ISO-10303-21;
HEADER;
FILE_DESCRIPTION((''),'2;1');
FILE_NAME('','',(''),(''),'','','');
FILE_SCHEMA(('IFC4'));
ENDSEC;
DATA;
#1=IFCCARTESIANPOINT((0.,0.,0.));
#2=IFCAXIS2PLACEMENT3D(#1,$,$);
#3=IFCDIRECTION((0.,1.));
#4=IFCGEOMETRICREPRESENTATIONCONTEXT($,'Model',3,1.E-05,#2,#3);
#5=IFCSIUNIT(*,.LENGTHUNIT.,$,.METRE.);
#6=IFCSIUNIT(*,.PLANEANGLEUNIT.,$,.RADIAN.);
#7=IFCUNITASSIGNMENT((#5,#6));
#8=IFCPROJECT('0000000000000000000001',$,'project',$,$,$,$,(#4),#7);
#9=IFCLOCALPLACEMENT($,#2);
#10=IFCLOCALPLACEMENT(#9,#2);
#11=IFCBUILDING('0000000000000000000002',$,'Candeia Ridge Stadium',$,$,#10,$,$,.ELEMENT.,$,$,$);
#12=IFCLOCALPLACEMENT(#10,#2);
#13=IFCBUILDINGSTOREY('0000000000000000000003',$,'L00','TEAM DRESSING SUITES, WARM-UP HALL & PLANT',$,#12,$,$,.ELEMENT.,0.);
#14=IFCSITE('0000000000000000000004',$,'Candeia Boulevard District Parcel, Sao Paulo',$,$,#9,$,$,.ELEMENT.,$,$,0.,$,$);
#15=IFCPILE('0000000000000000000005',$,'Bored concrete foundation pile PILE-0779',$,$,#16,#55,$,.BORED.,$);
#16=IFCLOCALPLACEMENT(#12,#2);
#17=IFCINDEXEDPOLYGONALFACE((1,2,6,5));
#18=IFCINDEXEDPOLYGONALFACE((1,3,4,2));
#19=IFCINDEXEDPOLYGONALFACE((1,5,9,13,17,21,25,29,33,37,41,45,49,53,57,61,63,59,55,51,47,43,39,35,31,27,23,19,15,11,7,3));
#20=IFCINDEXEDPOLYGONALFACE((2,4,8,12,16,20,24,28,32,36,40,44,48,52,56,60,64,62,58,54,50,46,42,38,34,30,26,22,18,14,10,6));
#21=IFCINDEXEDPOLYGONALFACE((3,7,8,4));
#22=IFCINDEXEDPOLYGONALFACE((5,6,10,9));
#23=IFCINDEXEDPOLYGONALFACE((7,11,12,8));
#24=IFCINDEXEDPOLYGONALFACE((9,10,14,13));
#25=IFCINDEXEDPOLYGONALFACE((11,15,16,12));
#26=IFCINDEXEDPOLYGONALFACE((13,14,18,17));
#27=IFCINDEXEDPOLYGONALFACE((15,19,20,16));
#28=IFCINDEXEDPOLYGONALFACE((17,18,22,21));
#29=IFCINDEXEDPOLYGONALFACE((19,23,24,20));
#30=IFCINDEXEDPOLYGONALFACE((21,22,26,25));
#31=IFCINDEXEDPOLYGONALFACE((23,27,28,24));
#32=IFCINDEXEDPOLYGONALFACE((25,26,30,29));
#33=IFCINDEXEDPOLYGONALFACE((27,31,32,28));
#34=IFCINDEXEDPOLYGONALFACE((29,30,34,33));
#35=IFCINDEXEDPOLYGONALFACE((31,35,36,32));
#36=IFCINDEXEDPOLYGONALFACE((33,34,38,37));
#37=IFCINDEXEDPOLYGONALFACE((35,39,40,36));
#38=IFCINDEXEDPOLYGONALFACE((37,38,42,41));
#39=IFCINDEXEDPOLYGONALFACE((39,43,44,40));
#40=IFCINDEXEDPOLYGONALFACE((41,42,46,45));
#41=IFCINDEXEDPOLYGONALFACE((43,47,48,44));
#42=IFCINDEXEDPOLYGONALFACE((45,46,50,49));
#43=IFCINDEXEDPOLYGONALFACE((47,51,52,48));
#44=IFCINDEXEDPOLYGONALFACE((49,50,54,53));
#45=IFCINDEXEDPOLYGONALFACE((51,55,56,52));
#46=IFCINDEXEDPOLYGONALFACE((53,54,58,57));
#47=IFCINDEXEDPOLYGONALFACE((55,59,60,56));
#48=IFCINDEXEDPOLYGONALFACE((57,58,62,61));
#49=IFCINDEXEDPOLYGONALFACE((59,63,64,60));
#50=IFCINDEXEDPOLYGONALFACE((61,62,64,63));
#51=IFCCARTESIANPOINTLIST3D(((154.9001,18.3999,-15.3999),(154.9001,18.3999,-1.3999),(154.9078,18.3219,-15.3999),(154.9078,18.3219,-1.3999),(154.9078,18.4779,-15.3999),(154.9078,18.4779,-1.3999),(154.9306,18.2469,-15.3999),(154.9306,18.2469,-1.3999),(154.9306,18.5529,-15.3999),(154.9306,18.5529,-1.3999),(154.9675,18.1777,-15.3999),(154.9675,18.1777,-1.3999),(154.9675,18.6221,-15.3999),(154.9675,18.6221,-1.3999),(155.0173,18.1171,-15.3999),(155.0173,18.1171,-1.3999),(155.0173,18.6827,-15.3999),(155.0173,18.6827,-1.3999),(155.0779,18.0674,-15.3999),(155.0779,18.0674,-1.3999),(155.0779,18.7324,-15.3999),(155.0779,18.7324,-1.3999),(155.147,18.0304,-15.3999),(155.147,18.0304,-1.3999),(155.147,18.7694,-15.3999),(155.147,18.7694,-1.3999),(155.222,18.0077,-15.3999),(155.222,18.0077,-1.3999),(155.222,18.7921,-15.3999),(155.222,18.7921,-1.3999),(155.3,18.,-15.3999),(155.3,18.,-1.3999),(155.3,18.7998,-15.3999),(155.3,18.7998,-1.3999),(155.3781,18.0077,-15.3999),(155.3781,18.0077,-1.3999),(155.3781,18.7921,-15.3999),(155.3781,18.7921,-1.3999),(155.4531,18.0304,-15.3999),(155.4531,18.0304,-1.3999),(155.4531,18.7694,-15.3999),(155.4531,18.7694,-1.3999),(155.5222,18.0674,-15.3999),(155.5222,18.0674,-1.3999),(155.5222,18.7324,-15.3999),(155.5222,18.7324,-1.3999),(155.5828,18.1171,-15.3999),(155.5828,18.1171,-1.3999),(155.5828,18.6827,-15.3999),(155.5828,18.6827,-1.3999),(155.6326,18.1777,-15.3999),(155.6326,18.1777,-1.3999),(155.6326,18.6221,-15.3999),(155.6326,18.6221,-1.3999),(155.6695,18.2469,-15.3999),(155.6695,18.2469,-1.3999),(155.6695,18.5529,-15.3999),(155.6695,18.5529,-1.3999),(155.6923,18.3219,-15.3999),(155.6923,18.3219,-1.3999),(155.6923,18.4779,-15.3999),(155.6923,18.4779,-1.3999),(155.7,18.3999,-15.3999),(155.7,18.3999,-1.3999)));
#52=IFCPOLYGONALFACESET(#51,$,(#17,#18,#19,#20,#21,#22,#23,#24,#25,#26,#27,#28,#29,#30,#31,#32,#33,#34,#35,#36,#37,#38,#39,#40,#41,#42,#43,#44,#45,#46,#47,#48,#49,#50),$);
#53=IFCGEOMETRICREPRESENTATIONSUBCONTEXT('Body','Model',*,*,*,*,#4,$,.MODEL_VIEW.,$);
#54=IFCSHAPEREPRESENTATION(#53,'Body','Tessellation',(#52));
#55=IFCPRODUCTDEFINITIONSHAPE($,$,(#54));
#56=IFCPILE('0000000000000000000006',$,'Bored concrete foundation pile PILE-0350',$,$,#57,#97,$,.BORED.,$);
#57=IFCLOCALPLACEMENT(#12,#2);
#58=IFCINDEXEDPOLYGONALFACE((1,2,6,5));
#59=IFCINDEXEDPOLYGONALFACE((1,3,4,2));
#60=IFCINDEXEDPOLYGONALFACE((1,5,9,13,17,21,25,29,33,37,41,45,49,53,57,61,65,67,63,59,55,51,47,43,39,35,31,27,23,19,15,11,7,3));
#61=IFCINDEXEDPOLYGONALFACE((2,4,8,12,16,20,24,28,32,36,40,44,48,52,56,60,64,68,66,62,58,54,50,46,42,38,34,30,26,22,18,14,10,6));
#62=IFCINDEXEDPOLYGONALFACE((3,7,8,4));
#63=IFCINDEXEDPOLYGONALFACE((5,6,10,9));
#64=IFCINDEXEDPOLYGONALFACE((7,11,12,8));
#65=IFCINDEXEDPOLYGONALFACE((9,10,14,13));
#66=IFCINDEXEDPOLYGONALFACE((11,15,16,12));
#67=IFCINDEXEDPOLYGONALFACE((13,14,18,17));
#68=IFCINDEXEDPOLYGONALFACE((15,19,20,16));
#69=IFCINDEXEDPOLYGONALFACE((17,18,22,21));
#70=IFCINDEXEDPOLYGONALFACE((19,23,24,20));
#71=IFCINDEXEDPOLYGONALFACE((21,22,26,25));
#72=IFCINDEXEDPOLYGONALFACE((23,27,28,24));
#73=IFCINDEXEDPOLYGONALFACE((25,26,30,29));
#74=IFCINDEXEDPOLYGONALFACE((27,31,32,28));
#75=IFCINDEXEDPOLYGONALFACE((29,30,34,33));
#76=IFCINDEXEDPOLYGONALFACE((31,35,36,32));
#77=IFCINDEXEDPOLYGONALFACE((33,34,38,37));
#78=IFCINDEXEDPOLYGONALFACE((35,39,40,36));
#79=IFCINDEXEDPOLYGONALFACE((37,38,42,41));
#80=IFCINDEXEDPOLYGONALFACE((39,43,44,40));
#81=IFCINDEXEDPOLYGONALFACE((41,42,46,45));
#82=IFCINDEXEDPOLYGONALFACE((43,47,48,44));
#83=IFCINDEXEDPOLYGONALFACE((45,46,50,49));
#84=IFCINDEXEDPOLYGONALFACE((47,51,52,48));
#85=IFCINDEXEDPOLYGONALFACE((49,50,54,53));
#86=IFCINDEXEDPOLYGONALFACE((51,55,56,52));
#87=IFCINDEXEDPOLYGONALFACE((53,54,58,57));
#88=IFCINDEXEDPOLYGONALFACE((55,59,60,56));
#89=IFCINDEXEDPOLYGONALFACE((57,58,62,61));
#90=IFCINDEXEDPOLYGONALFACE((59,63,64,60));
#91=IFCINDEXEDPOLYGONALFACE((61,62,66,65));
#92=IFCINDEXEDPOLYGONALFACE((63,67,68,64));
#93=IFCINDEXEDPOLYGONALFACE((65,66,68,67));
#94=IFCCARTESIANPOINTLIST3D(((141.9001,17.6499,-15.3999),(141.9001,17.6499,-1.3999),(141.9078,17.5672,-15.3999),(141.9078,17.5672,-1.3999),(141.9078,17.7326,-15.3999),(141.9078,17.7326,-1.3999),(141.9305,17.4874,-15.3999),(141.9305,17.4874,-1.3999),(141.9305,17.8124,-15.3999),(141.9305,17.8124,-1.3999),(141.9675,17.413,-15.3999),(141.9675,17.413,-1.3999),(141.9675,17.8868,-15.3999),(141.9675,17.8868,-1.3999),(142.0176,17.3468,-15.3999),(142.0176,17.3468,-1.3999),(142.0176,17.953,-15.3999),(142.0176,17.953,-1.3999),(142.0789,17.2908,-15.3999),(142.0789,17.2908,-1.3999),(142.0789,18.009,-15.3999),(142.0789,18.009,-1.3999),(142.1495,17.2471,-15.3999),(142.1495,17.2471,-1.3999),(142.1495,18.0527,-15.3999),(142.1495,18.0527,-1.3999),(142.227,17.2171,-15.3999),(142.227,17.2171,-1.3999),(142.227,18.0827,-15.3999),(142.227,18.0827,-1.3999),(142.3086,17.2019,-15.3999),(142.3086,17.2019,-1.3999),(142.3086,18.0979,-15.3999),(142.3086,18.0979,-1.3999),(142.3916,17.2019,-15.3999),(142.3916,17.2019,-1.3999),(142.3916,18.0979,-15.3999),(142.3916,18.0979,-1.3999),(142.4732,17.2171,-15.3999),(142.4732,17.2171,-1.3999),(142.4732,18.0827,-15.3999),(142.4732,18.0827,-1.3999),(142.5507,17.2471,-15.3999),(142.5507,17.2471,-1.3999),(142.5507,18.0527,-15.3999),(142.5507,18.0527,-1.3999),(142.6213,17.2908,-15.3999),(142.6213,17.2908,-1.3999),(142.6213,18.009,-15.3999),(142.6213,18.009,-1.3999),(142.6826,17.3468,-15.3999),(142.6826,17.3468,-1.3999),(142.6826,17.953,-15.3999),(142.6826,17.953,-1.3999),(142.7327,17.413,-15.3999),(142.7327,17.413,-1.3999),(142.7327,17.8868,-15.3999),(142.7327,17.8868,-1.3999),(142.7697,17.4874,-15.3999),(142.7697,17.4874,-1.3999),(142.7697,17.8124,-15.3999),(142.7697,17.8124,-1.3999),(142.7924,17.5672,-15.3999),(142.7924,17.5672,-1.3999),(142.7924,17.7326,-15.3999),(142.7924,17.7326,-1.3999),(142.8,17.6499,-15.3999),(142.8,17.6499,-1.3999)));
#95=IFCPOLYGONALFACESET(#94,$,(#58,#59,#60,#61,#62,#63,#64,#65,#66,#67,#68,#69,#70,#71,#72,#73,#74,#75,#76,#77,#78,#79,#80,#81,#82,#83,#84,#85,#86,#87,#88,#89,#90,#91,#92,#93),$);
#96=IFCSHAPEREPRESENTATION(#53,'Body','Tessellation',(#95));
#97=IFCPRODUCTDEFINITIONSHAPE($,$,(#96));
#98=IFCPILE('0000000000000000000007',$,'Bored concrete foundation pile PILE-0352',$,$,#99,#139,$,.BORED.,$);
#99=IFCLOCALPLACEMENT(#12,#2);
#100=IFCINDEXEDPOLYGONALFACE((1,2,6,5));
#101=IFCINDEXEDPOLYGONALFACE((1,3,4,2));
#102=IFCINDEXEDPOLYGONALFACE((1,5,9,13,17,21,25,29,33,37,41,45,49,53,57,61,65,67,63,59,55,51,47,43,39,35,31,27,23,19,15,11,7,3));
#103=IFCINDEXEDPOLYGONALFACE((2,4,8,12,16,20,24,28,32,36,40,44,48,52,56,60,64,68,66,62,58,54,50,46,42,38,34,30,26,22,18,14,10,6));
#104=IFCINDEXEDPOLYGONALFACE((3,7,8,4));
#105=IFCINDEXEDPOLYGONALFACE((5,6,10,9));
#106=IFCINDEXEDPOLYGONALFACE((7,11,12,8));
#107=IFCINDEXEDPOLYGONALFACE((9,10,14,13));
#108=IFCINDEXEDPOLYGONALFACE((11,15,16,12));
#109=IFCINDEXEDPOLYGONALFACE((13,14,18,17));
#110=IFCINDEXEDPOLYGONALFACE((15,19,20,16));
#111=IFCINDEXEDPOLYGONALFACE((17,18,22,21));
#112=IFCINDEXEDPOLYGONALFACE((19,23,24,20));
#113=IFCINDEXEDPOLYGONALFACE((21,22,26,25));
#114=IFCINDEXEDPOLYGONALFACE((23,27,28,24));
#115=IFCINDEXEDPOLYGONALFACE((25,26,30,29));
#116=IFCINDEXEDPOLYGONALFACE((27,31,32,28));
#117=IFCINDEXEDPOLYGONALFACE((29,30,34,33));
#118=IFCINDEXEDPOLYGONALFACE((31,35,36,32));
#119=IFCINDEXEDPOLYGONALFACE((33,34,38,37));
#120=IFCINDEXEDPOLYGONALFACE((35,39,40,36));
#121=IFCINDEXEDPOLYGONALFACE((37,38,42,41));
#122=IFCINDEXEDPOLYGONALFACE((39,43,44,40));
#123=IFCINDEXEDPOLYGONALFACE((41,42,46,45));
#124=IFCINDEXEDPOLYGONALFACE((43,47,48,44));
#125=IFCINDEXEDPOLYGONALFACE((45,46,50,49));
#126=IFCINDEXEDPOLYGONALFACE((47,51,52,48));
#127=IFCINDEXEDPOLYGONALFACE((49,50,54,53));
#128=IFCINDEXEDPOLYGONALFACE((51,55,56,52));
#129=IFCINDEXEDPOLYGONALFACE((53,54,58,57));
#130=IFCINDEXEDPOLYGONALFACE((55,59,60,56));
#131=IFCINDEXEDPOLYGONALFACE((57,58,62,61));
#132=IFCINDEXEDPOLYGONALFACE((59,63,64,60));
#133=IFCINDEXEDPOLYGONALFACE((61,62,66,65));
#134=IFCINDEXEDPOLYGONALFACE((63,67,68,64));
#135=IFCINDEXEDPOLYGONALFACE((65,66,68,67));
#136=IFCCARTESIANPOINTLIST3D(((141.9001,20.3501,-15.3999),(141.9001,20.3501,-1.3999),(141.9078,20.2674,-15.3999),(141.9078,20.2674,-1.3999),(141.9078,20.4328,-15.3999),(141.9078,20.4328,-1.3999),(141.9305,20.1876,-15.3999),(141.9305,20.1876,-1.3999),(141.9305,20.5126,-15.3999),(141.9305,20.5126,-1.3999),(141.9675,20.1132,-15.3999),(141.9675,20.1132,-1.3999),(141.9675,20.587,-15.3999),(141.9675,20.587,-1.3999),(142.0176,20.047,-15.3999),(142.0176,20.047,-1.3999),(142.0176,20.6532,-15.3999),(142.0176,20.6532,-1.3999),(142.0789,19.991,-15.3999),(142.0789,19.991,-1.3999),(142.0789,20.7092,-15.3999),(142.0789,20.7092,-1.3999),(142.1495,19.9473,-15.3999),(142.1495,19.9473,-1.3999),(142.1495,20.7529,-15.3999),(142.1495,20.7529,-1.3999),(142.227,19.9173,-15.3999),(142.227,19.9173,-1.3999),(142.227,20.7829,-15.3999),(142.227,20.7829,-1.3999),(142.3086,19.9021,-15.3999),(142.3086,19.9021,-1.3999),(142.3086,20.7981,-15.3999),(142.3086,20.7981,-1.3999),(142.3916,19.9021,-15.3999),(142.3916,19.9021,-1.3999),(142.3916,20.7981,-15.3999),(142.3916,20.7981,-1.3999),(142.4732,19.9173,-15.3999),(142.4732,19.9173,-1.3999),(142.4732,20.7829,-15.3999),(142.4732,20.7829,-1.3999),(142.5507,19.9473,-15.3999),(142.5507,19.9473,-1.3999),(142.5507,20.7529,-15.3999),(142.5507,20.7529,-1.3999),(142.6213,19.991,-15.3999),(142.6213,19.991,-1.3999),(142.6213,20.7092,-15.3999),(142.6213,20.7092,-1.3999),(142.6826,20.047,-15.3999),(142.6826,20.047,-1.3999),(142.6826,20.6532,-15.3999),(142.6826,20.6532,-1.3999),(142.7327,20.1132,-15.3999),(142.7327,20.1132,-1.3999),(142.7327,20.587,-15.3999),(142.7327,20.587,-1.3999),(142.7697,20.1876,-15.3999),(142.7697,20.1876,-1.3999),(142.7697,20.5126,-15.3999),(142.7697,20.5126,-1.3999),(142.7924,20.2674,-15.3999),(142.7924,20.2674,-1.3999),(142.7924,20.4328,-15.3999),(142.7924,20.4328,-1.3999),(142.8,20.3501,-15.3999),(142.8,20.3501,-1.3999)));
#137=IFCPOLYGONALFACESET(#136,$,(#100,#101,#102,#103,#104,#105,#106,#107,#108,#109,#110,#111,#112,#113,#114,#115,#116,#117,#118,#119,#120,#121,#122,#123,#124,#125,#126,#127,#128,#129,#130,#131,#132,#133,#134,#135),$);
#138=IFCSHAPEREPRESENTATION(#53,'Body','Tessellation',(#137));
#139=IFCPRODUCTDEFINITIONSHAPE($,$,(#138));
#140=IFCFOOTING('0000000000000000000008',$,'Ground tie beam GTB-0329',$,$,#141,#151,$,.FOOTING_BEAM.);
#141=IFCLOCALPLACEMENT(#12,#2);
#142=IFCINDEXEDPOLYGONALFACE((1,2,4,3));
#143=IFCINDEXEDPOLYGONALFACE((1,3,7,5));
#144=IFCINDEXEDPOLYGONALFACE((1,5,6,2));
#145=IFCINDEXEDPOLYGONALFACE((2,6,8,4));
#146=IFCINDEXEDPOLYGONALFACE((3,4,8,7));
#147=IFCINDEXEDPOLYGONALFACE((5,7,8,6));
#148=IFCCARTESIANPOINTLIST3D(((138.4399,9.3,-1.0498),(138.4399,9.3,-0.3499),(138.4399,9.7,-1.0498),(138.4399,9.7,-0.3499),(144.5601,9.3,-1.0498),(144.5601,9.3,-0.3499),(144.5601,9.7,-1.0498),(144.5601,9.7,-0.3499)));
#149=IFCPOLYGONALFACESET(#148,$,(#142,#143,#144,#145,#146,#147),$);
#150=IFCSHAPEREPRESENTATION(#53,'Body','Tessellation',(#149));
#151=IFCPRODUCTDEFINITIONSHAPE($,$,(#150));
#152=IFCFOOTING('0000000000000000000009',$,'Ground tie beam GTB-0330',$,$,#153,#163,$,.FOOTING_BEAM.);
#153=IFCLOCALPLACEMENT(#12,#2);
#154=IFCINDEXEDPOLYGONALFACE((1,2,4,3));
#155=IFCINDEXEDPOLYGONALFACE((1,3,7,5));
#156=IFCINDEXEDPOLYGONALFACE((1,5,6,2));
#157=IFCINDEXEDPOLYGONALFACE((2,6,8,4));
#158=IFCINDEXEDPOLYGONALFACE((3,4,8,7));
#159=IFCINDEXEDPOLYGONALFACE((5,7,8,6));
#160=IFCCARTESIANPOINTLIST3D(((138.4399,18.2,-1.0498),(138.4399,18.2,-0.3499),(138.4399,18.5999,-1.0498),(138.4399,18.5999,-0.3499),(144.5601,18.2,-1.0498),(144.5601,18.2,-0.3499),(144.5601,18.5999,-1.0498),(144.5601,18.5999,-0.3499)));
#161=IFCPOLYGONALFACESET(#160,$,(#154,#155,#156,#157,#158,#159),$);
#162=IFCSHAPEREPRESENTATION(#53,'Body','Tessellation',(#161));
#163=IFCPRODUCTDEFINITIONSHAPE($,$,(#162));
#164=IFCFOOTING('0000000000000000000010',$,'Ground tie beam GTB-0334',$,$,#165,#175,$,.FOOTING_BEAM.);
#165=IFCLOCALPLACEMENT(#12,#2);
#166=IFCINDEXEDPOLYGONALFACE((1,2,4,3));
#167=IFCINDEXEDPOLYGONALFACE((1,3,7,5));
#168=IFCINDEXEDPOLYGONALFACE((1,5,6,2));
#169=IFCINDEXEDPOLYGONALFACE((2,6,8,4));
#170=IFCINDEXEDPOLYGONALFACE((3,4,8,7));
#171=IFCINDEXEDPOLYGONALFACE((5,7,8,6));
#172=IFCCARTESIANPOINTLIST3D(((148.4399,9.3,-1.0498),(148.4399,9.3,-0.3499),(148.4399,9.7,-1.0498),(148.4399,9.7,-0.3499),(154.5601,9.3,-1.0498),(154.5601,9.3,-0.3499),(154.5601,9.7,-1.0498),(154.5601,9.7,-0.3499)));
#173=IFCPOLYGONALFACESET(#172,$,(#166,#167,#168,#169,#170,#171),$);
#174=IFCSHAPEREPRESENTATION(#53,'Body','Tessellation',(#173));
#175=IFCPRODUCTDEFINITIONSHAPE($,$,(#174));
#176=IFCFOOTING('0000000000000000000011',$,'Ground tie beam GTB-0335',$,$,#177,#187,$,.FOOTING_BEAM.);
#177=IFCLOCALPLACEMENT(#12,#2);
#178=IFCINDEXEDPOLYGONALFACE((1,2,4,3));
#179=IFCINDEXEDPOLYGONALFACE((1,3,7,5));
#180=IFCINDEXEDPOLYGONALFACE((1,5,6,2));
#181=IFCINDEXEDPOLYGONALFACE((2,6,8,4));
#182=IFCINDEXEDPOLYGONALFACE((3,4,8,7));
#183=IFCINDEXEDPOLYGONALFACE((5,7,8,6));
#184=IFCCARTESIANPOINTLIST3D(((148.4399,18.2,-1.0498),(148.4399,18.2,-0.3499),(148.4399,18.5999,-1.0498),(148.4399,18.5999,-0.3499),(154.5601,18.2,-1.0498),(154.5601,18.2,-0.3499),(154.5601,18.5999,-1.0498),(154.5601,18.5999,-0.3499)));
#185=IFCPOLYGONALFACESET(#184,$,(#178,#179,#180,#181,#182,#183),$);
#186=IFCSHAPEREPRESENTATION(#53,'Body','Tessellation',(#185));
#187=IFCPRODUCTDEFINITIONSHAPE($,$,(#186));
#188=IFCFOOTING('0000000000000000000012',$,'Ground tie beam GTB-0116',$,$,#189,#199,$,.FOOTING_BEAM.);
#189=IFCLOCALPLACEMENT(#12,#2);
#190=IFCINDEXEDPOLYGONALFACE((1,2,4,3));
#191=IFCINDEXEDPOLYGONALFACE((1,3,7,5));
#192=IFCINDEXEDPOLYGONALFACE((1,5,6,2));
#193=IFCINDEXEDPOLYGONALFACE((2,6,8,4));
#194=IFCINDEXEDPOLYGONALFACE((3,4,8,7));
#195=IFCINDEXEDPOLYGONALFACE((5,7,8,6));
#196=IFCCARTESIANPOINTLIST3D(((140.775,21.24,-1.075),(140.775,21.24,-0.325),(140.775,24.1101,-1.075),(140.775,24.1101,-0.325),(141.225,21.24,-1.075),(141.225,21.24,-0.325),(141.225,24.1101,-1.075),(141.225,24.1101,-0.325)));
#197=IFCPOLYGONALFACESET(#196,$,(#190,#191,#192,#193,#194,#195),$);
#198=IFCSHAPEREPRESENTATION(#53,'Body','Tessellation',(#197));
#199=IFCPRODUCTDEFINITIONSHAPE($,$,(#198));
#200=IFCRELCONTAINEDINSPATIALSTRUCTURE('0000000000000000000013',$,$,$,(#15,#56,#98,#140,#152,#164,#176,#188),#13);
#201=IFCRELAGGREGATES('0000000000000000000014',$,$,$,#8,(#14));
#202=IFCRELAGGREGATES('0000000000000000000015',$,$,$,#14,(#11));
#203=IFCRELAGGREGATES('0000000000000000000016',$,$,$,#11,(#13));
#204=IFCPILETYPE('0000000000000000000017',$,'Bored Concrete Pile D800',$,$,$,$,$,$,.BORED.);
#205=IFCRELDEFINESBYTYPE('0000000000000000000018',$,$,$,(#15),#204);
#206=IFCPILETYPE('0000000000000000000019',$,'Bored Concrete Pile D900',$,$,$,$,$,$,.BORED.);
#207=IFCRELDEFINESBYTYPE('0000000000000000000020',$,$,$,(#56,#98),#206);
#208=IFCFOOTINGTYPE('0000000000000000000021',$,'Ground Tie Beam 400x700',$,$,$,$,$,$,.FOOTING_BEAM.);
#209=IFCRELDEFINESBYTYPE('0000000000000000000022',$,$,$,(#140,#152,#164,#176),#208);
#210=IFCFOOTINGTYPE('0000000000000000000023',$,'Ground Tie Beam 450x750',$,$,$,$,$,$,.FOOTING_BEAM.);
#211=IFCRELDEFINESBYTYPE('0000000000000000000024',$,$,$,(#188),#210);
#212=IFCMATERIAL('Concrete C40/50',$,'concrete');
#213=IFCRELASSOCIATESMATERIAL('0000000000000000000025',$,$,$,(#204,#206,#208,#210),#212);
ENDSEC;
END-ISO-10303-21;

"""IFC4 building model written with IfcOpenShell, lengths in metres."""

from ifc_helpers import new_model, si_unit, direction, frame, origin, origin_2d, place, context, subcontext, project, spatial, rectangle, circle, extrude, material, material_profile, profile_set, type_object, element, save


model = new_model("IFC4")

# Units and contexts
model_context = context("Model", 3, precision=1e-05, world=origin(), true_north=direction((0.0, 1.0)))
body_context = subcontext(model_context, "Body", "Model", "MODEL_VIEW")
ifc_project = project(units=[si_unit("LENGTHUNIT", "METRE"), si_unit("PLANEANGLEUNIT", "RADIAN")], contexts=[model_context])

# Site, building, storey
site_placement = place(None, origin())
site = spatial("IfcSite", under=ifc_project, at=site_placement, Name="Candeia Boulevard District Parcel, Sao Paulo", CompositionType="ELEMENT", RefElevation=0.0)
building_placement = place(site_placement, origin())
building = spatial("IfcBuilding", under=site, at=building_placement, Name="Candeia Ridge Stadium", CompositionType="ELEMENT")
storey_placement = place(building_placement, origin())
storey = spatial("IfcBuildingStorey", under=building, at=storey_placement, Name="L00", Description="TEAM DRESSING SUITES, WARM-UP HALL & PLANT", CompositionType="ELEMENT", Elevation=0.0)

# Piles
ifc_material_1 = material(Name="Concrete C40/50", Category="concrete")
ifc_material_profile_1 = material_profile(ifc_material_1, circle(Radius=0.3999, at=origin_2d()), Name="PILE-D800", Category="concrete")
ifc_profile_set_1 = profile_set([ifc_material_profile_1], Name="Concrete C40/50")
pile_type_1 = type_object("IfcPileType", Name="Bored Concrete Pile D800", PredefinedType="BORED", material=ifc_profile_set_1)
for number, where, z_axis, x_axis, name in (
    (1, (155.3, 18.3999, -1.3999), (0.0, 0.0, -1.0), (1.0, 0.0, 0.0), "Bored concrete foundation pile PILE-0779"),
):
    element("IfcPile", number, at=place(storey_placement, frame(where, z_axis=z_axis, x_axis=x_axis)), inside=storey, type_object=pile_type_1, Name=name, PredefinedType="BORED", context=body_context, shape_type="SweptSolid", body=[
        extrude(circle(Radius=0.3999, at=origin_2d()), origin(), (0.0, 0.0, 1.0), 14.0),
    ])
ifc_material_profile_2 = material_profile(ifc_material_1, circle(Radius=0.45, at=origin_2d()), Name="PILE-D900", Category="concrete")
ifc_profile_set_2 = profile_set([ifc_material_profile_2], Name="Concrete C40/50")
pile_type_2 = type_object("IfcPileType", Name="Bored Concrete Pile D900", PredefinedType="BORED", material=ifc_profile_set_2)
for number, where, z_axis, x_axis, name in (
    (2, (142.3501, 17.6499, -1.3999), (0.0, 0.0, -1.0), (1.0, 0.0, 0.0), "Bored concrete foundation pile PILE-0350"),
    (3, (142.3501, 20.3501, -1.3999), (0.0, 0.0, -1.0), (1.0, 0.0, 0.0), "Bored concrete foundation pile PILE-0352"),
):
    element("IfcPile", number, at=place(storey_placement, frame(where, z_axis=z_axis, x_axis=x_axis)), inside=storey, type_object=pile_type_2, Name=name, PredefinedType="BORED", context=body_context, shape_type="SweptSolid", body=[
        extrude(circle(Radius=0.45, at=origin_2d()), origin(), (0.0, 0.0, 1.0), 14.0),
    ])

# Footings
footing_type_1 = type_object("IfcFootingType", Name="Ground Tie Beam 400x700", PredefinedType="FOOTING_BEAM", material=ifc_material_1)
for number, where, z_axis, x_axis, name in (
    (4, (141.5, 9.5, -1.0498), (0.0, 0.0, 1.0), (1.0, 0.0, 0.0), "Ground tie beam GTB-0329"),
    (5, (141.5, 18.3999, -1.0498), (0.0, 0.0, 1.0), (1.0, 0.0, 0.0), "Ground tie beam GTB-0330"),
    (6, (151.5, 9.5, -1.0498), (0.0, 0.0, 1.0), (1.0, 0.0, 0.0), "Ground tie beam GTB-0334"),
    (7, (151.5, 18.3999, -1.0498), (0.0, 0.0, 1.0), (1.0, 0.0, 0.0), "Ground tie beam GTB-0335"),
):
    element("IfcFooting", number, at=place(storey_placement, frame(where, z_axis=z_axis, x_axis=x_axis)), inside=storey, type_object=footing_type_1, Name=name, PredefinedType="FOOTING_BEAM", context=body_context, shape_type="SweptSolid", body=[
        extrude(rectangle(XDim=6.1201, YDim=0.3999, at=origin_2d()), origin(), (0.0, 0.0, 1.0), 0.7),
    ])
footing_type_2 = type_object("IfcFootingType", Name="Ground Tie Beam 450x750", PredefinedType="FOOTING_BEAM", material=ifc_material_1)
footing_placement = place(storey_placement, frame((141.0, 22.675, -1.075), z_axis=(0.0, 0.0, 1.0), x_axis=(0.0, -1.0, 0.0)))
element("IfcFooting", 8, at=footing_placement, inside=storey, type_object=footing_type_2, Name="Ground tie beam GTB-0116", PredefinedType="FOOTING_BEAM", context=body_context, shape_type="SweptSolid", body=[
    extrude(rectangle(XDim=2.8701, YDim=0.45, at=origin_2d()), origin(), (0.0, 0.0, 1.0), 0.75),
])

save(model, "model.ifc")
